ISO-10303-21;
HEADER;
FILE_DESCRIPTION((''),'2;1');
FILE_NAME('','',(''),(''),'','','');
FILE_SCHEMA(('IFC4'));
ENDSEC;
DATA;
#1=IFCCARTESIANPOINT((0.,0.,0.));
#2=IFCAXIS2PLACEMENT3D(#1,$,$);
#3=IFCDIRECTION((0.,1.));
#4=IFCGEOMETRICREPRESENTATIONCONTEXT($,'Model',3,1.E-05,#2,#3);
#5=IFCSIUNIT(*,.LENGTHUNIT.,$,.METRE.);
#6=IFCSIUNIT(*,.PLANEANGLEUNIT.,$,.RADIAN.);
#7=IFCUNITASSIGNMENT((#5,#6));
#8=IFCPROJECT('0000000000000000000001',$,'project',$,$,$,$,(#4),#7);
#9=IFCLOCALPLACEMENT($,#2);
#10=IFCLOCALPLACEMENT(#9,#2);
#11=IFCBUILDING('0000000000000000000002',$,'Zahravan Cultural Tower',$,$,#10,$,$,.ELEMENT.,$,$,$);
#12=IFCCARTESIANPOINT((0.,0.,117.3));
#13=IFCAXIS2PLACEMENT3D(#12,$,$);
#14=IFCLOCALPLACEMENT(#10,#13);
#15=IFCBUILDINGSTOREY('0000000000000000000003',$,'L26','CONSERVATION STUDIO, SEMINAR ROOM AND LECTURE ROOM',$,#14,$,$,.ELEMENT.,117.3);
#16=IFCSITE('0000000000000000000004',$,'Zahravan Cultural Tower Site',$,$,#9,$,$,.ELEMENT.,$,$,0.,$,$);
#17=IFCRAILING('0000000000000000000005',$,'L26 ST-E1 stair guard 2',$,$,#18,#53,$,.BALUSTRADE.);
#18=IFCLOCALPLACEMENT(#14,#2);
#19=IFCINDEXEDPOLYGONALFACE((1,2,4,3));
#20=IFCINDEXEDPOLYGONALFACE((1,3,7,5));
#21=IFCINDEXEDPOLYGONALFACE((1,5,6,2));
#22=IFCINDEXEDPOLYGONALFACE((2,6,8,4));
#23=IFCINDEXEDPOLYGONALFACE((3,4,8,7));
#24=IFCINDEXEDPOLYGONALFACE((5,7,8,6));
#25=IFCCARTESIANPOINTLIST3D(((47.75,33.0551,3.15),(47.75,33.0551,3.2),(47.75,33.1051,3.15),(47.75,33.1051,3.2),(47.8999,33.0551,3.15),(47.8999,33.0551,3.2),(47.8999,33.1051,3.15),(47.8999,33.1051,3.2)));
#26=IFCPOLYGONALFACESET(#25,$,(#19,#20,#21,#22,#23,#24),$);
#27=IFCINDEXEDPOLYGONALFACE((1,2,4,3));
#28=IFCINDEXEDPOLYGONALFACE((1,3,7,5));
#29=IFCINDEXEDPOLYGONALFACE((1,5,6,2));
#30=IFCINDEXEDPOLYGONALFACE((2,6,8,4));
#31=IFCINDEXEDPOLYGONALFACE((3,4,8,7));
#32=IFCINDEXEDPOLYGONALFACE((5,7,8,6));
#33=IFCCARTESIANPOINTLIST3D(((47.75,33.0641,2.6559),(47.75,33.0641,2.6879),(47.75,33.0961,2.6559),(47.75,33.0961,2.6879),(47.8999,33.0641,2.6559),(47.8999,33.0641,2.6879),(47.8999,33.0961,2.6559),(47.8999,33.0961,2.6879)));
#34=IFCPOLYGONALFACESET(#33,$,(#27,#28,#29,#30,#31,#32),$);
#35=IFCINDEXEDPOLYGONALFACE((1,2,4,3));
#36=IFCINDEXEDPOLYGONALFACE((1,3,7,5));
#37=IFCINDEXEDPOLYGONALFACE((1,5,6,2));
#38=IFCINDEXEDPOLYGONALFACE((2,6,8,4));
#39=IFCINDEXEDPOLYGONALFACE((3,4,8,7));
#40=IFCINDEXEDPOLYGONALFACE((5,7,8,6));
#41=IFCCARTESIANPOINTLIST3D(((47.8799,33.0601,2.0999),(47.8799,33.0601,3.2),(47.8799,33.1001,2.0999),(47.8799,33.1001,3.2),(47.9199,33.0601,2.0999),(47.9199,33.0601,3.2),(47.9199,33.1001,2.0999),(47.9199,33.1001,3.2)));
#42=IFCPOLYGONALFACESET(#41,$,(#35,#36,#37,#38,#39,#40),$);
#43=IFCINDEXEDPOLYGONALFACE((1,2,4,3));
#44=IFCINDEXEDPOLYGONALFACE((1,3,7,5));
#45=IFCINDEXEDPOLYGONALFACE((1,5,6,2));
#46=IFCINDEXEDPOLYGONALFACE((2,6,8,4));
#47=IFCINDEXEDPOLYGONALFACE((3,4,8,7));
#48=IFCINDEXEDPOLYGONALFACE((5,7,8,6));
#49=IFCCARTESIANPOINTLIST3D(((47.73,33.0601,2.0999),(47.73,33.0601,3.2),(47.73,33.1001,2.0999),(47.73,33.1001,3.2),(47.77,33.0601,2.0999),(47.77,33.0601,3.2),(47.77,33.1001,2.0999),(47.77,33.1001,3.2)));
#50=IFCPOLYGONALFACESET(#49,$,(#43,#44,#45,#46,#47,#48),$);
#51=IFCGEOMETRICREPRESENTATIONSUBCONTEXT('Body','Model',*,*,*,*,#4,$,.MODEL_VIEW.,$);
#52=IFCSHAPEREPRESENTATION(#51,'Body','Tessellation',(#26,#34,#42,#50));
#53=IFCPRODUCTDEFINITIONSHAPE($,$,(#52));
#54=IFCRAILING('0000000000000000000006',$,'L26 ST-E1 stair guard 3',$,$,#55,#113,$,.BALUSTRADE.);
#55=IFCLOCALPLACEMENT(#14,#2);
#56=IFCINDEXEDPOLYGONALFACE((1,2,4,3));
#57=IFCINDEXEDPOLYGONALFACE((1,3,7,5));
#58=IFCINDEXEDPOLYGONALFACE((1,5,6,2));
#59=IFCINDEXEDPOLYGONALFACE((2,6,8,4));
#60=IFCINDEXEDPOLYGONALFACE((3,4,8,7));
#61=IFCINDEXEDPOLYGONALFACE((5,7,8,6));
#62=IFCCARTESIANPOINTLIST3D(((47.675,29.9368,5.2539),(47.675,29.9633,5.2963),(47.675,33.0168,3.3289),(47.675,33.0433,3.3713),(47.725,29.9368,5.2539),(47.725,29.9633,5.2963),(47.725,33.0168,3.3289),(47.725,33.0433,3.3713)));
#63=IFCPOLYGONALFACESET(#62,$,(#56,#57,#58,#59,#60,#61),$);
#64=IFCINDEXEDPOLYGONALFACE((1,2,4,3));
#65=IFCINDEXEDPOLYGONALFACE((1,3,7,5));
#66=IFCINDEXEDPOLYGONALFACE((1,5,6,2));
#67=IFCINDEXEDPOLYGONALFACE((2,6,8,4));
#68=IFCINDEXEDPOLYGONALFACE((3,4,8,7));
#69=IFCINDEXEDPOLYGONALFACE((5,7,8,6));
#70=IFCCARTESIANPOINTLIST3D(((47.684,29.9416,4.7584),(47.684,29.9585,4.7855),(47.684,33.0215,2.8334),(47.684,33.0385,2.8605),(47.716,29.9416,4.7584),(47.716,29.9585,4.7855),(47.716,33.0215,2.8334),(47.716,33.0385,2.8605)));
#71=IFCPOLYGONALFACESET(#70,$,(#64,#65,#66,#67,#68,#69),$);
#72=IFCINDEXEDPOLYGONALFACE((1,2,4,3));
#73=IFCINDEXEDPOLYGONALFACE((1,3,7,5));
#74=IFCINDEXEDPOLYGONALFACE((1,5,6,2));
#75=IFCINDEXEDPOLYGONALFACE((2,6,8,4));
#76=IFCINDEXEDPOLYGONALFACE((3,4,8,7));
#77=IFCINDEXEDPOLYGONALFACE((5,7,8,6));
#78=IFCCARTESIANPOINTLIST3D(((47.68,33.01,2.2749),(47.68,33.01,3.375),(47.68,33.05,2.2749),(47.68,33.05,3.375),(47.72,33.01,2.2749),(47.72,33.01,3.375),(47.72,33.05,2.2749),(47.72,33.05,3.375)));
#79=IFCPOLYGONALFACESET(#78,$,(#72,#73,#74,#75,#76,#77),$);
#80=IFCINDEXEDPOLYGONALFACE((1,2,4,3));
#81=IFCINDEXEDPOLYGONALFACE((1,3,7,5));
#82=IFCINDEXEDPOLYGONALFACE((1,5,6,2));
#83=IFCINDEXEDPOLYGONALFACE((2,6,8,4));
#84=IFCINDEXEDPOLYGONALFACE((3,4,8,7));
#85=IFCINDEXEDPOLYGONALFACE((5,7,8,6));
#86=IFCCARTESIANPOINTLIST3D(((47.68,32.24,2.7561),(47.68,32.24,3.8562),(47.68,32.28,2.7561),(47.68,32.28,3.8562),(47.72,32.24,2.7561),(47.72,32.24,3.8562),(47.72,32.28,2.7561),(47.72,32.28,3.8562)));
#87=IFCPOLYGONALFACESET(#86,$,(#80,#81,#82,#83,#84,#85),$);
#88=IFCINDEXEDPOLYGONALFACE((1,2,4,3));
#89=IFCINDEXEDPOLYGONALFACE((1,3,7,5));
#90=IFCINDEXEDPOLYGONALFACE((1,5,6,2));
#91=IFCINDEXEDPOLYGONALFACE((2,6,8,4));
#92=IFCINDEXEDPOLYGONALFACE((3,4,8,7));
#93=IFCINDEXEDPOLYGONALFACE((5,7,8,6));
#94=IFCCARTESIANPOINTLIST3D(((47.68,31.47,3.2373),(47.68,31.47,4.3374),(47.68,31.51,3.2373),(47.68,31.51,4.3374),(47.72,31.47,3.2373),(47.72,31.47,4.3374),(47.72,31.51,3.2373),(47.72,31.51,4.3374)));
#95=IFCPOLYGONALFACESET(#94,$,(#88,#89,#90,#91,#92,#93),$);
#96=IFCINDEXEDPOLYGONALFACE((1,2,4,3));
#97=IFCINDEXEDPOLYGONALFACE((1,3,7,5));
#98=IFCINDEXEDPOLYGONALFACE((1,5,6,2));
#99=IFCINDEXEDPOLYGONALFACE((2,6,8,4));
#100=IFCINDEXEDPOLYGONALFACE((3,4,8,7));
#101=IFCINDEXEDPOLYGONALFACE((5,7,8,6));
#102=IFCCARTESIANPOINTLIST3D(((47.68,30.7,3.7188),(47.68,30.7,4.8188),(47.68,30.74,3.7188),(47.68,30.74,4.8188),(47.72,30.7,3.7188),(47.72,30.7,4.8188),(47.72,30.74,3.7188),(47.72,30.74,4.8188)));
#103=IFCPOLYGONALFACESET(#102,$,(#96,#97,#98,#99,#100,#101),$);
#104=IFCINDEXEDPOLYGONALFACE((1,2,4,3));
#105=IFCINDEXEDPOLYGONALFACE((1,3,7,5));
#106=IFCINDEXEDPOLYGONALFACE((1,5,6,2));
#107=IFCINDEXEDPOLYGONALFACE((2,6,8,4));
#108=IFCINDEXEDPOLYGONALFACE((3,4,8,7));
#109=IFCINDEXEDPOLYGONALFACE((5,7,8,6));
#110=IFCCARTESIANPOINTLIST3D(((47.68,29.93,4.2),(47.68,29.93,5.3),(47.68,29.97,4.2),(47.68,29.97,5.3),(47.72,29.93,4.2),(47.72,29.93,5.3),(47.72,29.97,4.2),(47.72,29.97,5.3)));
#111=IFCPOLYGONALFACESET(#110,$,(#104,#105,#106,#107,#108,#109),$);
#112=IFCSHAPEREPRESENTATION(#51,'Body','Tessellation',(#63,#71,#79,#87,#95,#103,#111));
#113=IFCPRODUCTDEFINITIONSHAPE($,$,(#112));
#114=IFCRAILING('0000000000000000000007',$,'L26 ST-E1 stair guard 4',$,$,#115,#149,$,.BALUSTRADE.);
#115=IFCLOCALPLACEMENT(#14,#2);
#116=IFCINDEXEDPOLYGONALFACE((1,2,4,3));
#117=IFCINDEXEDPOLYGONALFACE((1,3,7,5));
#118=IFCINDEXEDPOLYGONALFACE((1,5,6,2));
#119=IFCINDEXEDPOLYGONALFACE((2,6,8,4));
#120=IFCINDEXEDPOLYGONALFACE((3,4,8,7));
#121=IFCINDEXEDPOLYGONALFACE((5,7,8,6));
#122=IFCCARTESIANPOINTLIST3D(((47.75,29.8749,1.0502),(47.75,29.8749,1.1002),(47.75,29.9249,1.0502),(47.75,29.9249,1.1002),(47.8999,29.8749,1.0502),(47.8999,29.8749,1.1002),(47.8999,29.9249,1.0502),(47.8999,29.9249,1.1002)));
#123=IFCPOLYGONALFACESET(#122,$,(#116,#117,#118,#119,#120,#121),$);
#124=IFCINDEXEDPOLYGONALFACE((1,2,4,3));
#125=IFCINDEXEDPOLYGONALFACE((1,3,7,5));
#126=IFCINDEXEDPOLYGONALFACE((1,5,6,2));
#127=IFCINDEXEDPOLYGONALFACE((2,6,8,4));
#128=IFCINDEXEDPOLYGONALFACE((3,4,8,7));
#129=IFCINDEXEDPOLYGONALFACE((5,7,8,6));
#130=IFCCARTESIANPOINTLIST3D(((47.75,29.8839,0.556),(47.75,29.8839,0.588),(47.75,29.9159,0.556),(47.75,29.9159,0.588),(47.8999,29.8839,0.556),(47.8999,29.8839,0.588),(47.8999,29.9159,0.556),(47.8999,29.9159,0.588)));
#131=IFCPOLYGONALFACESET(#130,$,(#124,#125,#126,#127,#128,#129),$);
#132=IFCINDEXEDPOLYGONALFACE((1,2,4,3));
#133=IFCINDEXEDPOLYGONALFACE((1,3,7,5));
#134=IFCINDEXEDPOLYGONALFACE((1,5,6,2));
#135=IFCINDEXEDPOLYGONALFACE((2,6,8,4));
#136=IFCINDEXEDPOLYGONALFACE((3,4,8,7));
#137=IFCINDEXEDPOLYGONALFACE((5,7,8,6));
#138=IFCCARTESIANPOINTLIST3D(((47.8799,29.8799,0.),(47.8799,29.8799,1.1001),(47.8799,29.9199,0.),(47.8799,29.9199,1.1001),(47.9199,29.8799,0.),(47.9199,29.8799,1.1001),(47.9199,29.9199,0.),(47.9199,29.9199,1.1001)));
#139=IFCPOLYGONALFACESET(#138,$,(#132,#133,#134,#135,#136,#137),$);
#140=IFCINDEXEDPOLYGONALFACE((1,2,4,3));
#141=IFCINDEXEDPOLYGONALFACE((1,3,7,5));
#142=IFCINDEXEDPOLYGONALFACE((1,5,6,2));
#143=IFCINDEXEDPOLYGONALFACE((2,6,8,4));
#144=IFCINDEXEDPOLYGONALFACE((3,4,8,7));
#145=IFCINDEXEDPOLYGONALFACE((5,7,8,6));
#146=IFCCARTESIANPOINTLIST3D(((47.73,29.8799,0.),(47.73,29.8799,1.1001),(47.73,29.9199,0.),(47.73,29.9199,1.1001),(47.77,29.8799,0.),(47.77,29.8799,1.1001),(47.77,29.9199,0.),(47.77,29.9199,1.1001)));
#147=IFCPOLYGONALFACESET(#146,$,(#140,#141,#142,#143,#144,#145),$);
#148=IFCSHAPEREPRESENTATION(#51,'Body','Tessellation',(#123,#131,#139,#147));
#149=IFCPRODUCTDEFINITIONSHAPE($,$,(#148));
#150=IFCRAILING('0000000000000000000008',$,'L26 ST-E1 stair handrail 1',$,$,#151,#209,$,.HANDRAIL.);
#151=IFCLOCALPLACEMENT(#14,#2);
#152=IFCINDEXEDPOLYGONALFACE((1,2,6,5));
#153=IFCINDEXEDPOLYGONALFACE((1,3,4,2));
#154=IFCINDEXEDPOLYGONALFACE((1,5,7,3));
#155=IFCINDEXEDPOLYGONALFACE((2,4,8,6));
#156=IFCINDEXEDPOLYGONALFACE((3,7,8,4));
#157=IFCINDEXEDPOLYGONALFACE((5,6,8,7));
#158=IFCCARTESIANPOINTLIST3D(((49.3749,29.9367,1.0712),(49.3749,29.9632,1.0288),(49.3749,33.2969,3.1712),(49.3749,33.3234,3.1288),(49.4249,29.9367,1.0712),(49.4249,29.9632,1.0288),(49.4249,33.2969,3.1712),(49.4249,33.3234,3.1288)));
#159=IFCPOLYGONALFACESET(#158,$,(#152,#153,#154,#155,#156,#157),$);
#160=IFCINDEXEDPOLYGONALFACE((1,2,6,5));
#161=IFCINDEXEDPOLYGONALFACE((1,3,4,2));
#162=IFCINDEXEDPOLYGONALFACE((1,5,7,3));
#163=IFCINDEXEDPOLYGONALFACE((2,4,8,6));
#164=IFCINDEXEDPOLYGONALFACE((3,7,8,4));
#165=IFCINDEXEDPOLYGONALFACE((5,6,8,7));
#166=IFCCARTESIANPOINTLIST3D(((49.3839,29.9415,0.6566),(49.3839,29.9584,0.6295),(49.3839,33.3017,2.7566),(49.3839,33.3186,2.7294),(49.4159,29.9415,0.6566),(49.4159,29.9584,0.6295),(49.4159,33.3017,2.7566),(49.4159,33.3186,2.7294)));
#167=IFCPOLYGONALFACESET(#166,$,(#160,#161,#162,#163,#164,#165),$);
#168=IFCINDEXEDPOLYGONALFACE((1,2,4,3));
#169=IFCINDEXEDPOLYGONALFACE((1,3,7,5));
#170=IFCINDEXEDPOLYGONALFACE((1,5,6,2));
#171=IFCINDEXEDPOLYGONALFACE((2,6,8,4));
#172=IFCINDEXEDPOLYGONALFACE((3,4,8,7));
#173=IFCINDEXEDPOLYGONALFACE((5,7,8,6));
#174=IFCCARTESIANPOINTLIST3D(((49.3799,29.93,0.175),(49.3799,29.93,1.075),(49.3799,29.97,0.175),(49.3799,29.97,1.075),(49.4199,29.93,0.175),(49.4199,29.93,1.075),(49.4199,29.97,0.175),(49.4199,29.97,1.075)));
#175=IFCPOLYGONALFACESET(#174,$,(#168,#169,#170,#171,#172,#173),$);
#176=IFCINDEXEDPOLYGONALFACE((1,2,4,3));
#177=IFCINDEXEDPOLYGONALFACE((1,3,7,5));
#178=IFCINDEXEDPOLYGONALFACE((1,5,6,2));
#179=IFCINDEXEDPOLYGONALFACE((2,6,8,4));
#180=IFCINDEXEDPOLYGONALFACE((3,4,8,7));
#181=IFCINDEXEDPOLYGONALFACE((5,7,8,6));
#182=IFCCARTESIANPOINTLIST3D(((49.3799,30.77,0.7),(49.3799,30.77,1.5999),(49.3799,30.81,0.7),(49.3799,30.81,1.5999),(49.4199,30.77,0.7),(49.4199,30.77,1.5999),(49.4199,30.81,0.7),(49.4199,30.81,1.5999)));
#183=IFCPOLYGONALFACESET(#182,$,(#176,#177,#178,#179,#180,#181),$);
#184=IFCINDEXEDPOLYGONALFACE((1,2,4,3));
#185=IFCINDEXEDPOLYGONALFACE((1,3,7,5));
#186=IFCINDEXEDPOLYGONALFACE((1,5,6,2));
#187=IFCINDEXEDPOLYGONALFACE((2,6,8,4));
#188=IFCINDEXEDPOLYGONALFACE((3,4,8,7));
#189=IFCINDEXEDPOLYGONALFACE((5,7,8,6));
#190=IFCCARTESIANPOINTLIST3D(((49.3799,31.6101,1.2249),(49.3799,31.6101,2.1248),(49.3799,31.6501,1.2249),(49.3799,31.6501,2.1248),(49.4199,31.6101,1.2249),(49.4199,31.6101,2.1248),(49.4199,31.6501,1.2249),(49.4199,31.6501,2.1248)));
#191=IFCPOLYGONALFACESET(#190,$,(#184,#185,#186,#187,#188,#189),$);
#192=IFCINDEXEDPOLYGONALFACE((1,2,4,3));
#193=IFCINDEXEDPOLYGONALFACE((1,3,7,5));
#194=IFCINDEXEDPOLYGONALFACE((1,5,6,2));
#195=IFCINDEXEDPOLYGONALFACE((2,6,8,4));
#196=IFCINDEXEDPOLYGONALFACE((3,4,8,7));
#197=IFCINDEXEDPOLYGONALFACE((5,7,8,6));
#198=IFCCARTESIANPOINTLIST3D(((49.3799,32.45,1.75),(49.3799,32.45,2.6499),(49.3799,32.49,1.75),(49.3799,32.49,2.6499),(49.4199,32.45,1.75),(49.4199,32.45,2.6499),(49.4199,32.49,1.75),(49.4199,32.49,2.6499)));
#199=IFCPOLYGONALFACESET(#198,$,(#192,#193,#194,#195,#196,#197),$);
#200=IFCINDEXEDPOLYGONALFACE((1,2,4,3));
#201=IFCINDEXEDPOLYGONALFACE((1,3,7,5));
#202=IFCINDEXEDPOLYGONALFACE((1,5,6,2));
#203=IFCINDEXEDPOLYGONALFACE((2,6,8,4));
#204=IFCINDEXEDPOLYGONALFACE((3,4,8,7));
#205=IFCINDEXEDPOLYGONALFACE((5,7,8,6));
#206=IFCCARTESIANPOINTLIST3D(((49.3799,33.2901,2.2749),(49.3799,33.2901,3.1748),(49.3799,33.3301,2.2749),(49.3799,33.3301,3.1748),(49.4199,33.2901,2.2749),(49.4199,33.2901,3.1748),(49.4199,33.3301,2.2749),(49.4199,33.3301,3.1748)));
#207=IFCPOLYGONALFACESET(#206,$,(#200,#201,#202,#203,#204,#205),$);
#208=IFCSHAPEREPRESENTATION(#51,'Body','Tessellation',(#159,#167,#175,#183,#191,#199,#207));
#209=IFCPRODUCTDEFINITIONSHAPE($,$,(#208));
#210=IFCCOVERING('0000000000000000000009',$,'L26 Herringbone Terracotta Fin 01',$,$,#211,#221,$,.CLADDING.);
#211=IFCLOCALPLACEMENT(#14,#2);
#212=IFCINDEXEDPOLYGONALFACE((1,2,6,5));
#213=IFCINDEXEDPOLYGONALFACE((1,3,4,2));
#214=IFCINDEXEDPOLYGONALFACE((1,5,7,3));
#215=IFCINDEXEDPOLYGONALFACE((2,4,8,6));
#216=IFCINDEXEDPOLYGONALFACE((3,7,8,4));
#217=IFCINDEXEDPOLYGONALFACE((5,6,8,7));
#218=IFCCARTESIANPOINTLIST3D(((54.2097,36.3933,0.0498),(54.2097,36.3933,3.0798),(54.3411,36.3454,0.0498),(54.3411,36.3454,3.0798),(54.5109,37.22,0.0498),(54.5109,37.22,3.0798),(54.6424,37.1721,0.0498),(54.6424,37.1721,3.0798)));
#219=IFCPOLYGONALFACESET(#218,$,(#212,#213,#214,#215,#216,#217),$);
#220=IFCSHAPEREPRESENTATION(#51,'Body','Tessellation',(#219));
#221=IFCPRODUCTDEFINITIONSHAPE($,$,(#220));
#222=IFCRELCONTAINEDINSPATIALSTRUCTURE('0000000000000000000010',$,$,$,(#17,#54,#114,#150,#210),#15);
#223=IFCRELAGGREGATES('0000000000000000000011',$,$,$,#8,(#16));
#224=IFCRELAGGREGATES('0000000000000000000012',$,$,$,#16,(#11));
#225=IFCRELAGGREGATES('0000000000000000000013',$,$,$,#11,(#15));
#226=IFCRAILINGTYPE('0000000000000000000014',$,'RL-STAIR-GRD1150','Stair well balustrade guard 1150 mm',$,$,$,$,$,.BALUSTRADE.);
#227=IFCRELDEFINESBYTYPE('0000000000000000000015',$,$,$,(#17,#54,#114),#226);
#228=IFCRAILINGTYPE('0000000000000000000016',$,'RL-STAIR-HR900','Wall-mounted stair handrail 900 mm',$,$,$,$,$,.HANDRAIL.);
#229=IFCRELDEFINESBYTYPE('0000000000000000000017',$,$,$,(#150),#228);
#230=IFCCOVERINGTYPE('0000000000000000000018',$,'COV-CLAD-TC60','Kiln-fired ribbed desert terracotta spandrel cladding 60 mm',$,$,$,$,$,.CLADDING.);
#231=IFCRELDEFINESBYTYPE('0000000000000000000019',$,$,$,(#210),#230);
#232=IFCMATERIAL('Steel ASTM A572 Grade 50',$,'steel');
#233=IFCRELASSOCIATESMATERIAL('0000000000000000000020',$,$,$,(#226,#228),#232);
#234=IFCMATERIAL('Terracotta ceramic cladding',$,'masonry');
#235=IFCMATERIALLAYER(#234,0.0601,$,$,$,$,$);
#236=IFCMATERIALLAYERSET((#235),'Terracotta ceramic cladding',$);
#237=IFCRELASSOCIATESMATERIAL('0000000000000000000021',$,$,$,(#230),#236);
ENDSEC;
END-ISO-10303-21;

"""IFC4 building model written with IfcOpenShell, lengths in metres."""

from ifc_helpers import new_model, si_unit, direction, frame, origin, origin_2d, place, context, subcontext, project, spatial, rectangle, extrude, source, transform, mapped, material, layer, layer_set, type_object, element, save


model = new_model("IFC4")

# Units and contexts
model_context = context("Model", 3, precision=1e-05, world=origin(), true_north=direction((0.0, 1.0)))
body_context = subcontext(model_context, "Body", "Model", "MODEL_VIEW")
ifc_project = project(units=[si_unit("LENGTHUNIT", "METRE"), si_unit("PLANEANGLEUNIT", "RADIAN")], contexts=[model_context])

# Site, building, storey
site_placement = place(None, origin())
site = spatial("IfcSite", under=ifc_project, at=site_placement, Name="Zahravan Cultural Tower Site", CompositionType="ELEMENT", RefElevation=0.0)
building_placement = place(site_placement, origin())
building = spatial("IfcBuilding", under=site, at=building_placement, Name="Zahravan Cultural Tower", CompositionType="ELEMENT")
storey_placement = place(building_placement, frame((0.0, 0.0, 117.3)))
storey = spatial("IfcBuildingStorey", under=building, at=storey_placement, Name="L26", Description="CONSERVATION STUDIO, SEMINAR ROOM AND LECTURE ROOM", CompositionType="ELEMENT", Elevation=117.3)

# Railings
ifc_material_1 = material(Name="Steel ASTM A572 Grade 50", Category="steel")
railing_type_1 = type_object("IfcRailingType", Name="RL-STAIR-GRD1150", Description="Stair well balustrade guard 1150 mm", PredefinedType="BALUSTRADE", material=ifc_material_1)
railing_1_placement = place(storey_placement, frame((47.8999, 33.0801, 2.0999)))
element("IfcRailing", 1, at=railing_1_placement, inside=storey, type_object=railing_type_1, Name="L26 ST-E1 stair guard 2", PredefinedType="BALUSTRADE", context=body_context, shape_type="SweptSolid", body=[
    extrude(rectangle(XDim=0.05, YDim=0.05, at=origin_2d()), frame((0.0, 0.0, 1.0752), z_axis=(-1.0, 0.0, 0.0), x_axis=(0.0, -1.0, 0.0)), (0.0, 0.0, 1.0), 0.1499),
    extrude(rectangle(XDim=0.032, YDim=0.032, at=origin_2d()), frame((0.0, 0.0, 0.572), z_axis=(-1.0, 0.0, 0.0), x_axis=(0.0, -1.0, 0.0)), (0.0, 0.0, 1.0), 0.1499),
    extrude(rectangle(XDim=0.04, YDim=0.04, at=origin_2d()), origin(), (0.0, 0.0, 1.0), 1.1001),
    extrude(rectangle(XDim=0.04, YDim=0.04, at=origin_2d()), frame((-0.1499, 0.0, 0.0)), (0.0, 0.0, 1.0), 1.1001),
])
railing_2_placement = place(storey_placement, frame((47.7, 33.03, 2.2749)))
element("IfcRailing", 2, at=railing_2_placement, inside=storey, type_object=railing_type_1, Name="L26 ST-E1 stair guard 3", PredefinedType="BALUSTRADE", context=body_context, shape_type="SweptSolid", body=[
    extrude(rectangle(XDim=0.05, YDim=0.05, at=origin_2d()), frame((0.0, 0.0, 1.0752), z_axis=(0.0, -0.847998, 0.529999), x_axis=(1.0, 0.0, 0.0)), (0.0, 0.0, 1.0), 3.6321),
    extrude(rectangle(XDim=0.032, YDim=0.032, at=origin_2d()), frame((0.0, 0.0, 0.572), z_axis=(0.0, -0.847998, 0.529999), x_axis=(1.0, 0.0, 0.0)), (0.0, 0.0, 1.0), 3.6321),
    extrude(rectangle(XDim=0.04, YDim=0.04, at=origin_2d()), origin(), (0.0, 0.0, 1.0), 1.1001),
    extrude(rectangle(XDim=0.04, YDim=0.04, at=origin_2d()), frame((0.0, -0.77, 0.4812)), (0.0, 0.0, 1.0), 1.1001),
    extrude(rectangle(XDim=0.04, YDim=0.04, at=origin_2d()), frame((0.0, -1.54, 0.9624)), (0.0, 0.0, 1.0), 1.1001),
    extrude(rectangle(XDim=0.04, YDim=0.04, at=origin_2d()), frame((0.0, -2.3101, 1.4438)), (0.0, 0.0, 1.0), 1.1001),
    extrude(rectangle(XDim=0.04, YDim=0.04, at=origin_2d()), frame((0.0, -3.0801, 1.925)), (0.0, 0.0, 1.0), 1.1001),
])
railing_3_placement = place(storey_placement, frame((47.8999, 29.8999, 0.0)))
element("IfcRailing", 3, at=railing_3_placement, inside=storey, type_object=railing_type_1, Name="L26 ST-E1 stair guard 4", PredefinedType="BALUSTRADE", context=body_context, shape_type="SweptSolid", body=[
    extrude(rectangle(XDim=0.05, YDim=0.05, at=origin_2d()), frame((0.0, 0.0, 1.0752), z_axis=(-1.0, 0.0, 0.0), x_axis=(0.0, -1.0, 0.0)), (0.0, 0.0, 1.0), 0.1499),
    extrude(rectangle(XDim=0.032, YDim=0.032, at=origin_2d()), frame((0.0, 0.0, 0.572), z_axis=(-1.0, 0.0, 0.0), x_axis=(0.0, -1.0, 0.0)), (0.0, 0.0, 1.0), 0.1499),
    extrude(rectangle(XDim=0.04, YDim=0.04, at=origin_2d()), origin(), (0.0, 0.0, 1.0), 1.1001),
    extrude(rectangle(XDim=0.04, YDim=0.04, at=origin_2d()), frame((-0.1499, 0.0, 0.0)), (0.0, 0.0, 1.0), 1.1001),
])
railing_type_2 = type_object("IfcRailingType", Name="RL-STAIR-HR900", Description="Wall-mounted stair handrail 900 mm", PredefinedType="HANDRAIL", material=ifc_material_1)
railing_4_placement = place(storey_placement, frame((49.3999, 29.95, 0.175)))
element("IfcRailing", 4, at=railing_4_placement, inside=storey, type_object=railing_type_2, Name="L26 ST-E1 stair handrail 1", PredefinedType="HANDRAIL", context=body_context, shape_type="SweptSolid", body=[
    extrude(rectangle(XDim=0.05, YDim=0.05, at=origin_2d()), frame((0.0, 0.0, 0.875), z_axis=(0.0, 0.848023, 0.52996), x_axis=(-1.0, 0.0, 0.0)), (0.0, 0.0, 1.0), 3.9624),
    extrude(rectangle(XDim=0.032, YDim=0.032, at=origin_2d()), frame((0.0, 0.0, 0.468), z_axis=(0.0, 0.848023, 0.52996), x_axis=(-1.0, 0.0, 0.0)), (0.0, 0.0, 1.0), 3.9624),
    extrude(rectangle(XDim=0.04, YDim=0.04, at=origin_2d()), origin(), (0.0, 0.0, 1.0), 0.8999),
    extrude(rectangle(XDim=0.04, YDim=0.04, at=origin_2d()), frame((0.0, 0.8401, 0.5249)), (0.0, 0.0, 1.0), 0.8999),
    extrude(rectangle(XDim=0.04, YDim=0.04, at=origin_2d()), frame((0.0, 1.6802, 1.0498)), (0.0, 0.0, 1.0), 0.8999),
    extrude(rectangle(XDim=0.04, YDim=0.04, at=origin_2d()), frame((0.0, 2.52, 1.575)), (0.0, 0.0, 1.0), 0.8999),
    extrude(rectangle(XDim=0.04, YDim=0.04, at=origin_2d()), frame((0.0, 3.3601, 2.0999)), (0.0, 0.0, 1.0), 0.8999),
])

# Covering
ifc_material_2 = material(Name="Terracotta ceramic cladding", Category="masonry")
ifc_layer_1 = layer(ifc_material_2, 0.0601)
ifc_layer_set_1 = layer_set([ifc_layer_1], Name="Terracotta ceramic cladding")
covering_type = type_object("IfcCoveringType", Name="COV-CLAD-TC60", Description="Kiln-fired ribbed desert terracotta spandrel cladding 60 mm", PredefinedType="CLADDING", material=ifc_layer_set_1)
shared_shape_1 = source(origin(), body_context, "Body", "SweptSolid", [
    extrude(rectangle(XDim=0.8799, YDim=0.1399, at=origin_2d()), origin(), (0.0, 0.0, 1.0), 3.03),
])
for number, where, z_axis, x_axis, name in (
    (5, (54.426, 36.7827, 0.0498), (0.0, 0.0, 1.0), (0.342365, 0.939567, 0.0), "L26 Herringbone Terracotta Fin 01"),
):
    element("IfcCovering", number, at=place(storey_placement, frame(where, z_axis=z_axis, x_axis=x_axis)), inside=storey, type_object=covering_type, Name=name, PredefinedType="CLADDING", context=body_context, shape_type="MappedRepresentation", body=[
        mapped(shared_shape_1, transform((0.0, 0.0, 0.0), x_axis=(1.0, 0.0, 0.0), y_axis=(0.0, 1.0, 0.0), z_axis=(0.0, 0.0, 1.0), scale=1.0)),
    ])

save(model, "model.ifc")
